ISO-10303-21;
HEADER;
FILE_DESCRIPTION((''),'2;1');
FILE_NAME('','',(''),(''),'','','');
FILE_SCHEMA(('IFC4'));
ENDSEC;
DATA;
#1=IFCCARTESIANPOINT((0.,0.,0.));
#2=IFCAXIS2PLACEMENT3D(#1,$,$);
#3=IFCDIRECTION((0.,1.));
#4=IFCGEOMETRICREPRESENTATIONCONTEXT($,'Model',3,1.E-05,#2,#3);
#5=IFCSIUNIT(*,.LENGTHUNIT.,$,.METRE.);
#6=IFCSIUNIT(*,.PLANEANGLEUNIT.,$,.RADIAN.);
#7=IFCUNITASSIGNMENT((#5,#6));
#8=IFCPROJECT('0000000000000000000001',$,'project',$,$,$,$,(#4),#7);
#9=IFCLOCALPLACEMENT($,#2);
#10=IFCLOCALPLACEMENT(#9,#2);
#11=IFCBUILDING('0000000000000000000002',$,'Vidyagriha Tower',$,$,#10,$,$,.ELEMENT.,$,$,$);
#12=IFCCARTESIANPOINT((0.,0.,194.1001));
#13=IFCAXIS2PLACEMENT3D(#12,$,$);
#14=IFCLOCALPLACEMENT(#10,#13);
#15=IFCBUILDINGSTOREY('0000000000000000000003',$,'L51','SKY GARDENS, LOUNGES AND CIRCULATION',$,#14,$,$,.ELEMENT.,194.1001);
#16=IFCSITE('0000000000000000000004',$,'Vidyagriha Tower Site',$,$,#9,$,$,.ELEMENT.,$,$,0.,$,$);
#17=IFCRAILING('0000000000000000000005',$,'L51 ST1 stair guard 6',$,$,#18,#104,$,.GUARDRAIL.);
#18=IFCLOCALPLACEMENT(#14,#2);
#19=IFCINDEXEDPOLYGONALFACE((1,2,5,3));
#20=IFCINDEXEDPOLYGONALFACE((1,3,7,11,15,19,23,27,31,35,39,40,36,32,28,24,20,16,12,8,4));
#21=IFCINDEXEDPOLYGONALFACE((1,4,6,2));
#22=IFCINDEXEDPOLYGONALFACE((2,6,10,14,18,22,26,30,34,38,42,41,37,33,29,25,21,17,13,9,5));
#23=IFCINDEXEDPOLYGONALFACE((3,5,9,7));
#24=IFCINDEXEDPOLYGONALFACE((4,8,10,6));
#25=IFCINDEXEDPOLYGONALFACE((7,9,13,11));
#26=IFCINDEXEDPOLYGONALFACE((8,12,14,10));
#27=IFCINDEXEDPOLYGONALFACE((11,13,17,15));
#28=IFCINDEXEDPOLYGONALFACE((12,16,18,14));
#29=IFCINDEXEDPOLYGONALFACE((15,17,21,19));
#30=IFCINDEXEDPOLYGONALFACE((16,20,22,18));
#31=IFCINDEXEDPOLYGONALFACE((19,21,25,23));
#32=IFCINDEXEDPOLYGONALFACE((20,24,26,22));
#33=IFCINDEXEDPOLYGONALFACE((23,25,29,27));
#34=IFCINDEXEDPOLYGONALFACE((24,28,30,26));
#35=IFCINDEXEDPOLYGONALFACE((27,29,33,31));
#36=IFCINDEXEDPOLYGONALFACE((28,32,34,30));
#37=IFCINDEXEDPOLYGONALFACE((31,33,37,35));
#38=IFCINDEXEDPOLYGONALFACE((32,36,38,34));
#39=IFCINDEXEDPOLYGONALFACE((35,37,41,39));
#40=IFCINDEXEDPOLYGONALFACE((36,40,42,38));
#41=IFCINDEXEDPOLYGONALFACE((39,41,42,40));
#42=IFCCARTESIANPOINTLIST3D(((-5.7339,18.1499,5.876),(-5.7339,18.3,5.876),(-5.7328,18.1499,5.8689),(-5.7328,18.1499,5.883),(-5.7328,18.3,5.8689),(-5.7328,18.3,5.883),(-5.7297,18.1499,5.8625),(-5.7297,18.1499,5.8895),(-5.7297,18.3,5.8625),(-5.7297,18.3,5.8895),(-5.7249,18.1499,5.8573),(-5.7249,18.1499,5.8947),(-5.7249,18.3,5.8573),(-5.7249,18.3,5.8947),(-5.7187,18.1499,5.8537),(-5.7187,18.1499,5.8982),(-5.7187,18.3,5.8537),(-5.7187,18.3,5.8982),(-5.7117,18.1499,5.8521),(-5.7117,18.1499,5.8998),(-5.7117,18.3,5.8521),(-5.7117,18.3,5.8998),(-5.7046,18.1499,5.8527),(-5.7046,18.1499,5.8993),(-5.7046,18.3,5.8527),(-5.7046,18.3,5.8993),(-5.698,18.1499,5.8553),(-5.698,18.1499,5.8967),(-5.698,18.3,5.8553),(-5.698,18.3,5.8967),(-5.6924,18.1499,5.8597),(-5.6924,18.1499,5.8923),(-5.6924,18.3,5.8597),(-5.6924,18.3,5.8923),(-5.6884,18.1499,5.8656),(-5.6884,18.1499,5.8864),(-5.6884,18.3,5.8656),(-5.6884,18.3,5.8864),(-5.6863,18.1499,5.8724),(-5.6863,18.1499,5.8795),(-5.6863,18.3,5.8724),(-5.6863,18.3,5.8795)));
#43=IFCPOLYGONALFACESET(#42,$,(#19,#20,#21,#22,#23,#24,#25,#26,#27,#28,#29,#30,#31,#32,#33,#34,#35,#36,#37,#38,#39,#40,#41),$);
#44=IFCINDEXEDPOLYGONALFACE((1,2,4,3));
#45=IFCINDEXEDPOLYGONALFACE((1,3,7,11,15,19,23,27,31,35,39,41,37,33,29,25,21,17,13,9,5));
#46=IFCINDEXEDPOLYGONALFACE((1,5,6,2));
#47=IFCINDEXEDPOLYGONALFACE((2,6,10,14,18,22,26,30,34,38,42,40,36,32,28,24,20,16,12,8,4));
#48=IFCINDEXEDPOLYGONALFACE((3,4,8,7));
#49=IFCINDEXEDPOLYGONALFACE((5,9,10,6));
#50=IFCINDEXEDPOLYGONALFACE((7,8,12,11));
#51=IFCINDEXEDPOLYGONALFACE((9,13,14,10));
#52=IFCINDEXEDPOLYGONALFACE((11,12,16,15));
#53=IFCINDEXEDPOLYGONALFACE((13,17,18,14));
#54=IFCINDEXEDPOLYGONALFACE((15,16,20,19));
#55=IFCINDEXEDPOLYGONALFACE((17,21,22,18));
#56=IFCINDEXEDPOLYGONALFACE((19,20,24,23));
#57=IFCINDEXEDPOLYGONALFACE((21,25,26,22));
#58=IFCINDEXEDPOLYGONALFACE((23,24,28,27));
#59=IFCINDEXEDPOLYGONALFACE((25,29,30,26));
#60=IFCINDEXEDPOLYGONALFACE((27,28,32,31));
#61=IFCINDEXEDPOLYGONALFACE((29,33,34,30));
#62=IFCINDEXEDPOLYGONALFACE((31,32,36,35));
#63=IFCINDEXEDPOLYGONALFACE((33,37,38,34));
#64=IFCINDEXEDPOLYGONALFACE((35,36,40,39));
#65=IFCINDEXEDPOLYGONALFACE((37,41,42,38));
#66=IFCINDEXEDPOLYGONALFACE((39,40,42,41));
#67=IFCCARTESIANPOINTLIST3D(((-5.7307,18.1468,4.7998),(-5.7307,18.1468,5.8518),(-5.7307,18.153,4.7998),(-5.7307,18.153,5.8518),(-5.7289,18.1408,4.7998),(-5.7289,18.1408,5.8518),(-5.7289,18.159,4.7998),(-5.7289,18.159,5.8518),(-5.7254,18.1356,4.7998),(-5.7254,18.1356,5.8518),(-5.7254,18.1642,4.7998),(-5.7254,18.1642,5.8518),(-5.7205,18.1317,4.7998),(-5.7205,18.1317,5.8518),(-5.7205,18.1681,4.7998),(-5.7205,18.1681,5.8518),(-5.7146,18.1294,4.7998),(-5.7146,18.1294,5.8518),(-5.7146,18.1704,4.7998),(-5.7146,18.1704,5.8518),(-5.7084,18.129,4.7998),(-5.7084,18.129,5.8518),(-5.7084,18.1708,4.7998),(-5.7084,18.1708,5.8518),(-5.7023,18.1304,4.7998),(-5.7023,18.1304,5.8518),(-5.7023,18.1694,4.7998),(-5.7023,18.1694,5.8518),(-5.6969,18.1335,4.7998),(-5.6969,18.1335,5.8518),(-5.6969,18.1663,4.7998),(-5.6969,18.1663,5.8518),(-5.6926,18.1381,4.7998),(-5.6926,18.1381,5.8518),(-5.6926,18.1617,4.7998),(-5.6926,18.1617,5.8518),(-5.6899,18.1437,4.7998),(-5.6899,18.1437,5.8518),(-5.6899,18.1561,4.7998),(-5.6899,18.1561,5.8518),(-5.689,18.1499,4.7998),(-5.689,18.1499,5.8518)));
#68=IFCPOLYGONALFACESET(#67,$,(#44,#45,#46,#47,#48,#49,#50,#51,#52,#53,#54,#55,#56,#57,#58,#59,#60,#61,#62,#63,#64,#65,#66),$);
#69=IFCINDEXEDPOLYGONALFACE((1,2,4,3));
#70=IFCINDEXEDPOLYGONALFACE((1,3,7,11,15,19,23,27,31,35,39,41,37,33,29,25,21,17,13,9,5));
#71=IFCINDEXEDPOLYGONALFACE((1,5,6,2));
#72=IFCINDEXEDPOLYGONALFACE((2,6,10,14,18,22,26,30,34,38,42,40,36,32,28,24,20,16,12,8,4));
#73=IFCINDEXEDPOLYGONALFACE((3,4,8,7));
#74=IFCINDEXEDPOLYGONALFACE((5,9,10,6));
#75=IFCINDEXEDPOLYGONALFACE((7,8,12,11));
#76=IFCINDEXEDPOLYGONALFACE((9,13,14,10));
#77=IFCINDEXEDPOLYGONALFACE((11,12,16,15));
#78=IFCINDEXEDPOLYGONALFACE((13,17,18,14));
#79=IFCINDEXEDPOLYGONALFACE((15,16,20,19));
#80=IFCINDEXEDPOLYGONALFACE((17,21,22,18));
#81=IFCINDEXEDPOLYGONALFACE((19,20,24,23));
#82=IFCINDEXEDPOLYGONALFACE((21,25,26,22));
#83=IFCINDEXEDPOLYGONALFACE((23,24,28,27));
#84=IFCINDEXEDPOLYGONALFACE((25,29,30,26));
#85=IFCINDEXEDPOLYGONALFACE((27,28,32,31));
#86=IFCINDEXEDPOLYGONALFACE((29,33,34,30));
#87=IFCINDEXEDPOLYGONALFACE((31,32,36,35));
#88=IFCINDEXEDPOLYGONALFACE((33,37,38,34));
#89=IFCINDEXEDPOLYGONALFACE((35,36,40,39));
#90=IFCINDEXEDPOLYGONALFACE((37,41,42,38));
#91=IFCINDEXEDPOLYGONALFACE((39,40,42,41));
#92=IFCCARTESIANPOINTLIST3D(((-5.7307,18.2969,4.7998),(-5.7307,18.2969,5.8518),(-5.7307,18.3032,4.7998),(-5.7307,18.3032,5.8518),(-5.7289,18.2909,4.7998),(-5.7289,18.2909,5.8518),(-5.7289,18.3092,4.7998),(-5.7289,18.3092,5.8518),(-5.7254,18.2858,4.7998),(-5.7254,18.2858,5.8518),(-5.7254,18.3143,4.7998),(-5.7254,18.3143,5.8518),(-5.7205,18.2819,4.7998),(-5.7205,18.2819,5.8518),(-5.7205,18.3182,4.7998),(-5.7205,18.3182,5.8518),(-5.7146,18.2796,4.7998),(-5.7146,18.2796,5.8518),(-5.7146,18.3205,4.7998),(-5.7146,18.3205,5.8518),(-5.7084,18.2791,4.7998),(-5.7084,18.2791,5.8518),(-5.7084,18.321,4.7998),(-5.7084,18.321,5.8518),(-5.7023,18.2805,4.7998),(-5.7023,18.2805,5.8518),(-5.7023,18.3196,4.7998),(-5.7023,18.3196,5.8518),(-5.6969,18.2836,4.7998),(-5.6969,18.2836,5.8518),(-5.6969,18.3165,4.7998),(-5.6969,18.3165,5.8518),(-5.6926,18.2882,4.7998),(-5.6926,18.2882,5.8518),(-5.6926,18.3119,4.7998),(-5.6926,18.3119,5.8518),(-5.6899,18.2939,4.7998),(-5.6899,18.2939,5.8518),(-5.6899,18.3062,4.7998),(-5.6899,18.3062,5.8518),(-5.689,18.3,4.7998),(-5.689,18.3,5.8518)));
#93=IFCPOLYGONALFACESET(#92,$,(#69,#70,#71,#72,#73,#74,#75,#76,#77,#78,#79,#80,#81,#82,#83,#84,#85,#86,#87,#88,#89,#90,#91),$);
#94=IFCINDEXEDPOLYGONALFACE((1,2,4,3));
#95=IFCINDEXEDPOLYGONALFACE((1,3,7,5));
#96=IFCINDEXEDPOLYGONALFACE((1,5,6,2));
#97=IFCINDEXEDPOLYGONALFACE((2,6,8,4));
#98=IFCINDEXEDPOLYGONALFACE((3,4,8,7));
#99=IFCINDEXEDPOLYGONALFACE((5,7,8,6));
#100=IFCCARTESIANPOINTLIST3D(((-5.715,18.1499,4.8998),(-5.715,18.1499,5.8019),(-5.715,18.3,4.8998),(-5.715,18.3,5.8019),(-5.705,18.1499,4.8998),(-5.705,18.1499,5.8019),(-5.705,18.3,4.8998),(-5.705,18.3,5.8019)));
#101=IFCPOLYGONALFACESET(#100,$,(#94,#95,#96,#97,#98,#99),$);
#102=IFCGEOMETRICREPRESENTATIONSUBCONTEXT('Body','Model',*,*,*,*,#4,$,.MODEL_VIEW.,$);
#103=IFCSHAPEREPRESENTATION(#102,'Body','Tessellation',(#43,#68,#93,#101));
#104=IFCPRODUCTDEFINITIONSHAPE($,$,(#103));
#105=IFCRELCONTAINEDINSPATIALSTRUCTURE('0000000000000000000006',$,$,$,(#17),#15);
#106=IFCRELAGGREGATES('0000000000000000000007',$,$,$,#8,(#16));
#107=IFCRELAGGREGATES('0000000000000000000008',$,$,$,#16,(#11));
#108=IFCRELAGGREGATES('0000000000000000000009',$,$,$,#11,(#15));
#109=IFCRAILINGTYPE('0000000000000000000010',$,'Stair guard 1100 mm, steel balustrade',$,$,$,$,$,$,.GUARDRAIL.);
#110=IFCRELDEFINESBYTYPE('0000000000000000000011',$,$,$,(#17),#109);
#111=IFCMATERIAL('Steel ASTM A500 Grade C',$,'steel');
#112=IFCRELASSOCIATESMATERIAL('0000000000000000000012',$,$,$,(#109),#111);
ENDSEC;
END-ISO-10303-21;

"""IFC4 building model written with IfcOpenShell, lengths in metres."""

from ifc_helpers import new_model, si_unit, direction, frame, origin, origin_2d, place, context, subcontext, project, spatial, rectangle, circle, extrude, material, type_object, element, save


model = new_model("IFC4")

# Units and contexts
model_context = context("Model", 3, precision=1e-05, world=origin(), true_north=direction((0.0, 1.0)))
body_context = subcontext(model_context, "Body", "Model", "MODEL_VIEW")
ifc_project = project(units=[si_unit("LENGTHUNIT", "METRE"), si_unit("PLANEANGLEUNIT", "RADIAN")], contexts=[model_context])

# Site, building, storey
site_placement = place(None, origin())
site = spatial("IfcSite", under=ifc_project, at=site_placement, Name="Vidyagriha Tower Site", CompositionType="ELEMENT", RefElevation=0.0)
building_placement = place(site_placement, origin())
building = spatial("IfcBuilding", under=site, at=building_placement, Name="Vidyagriha Tower", CompositionType="ELEMENT")
storey_placement = place(building_placement, frame((0.0, 0.0, 194.1001)))
storey = spatial("IfcBuildingStorey", under=building, at=storey_placement, Name="L51", Description="SKY GARDENS, LOUNGES AND CIRCULATION", CompositionType="ELEMENT", Elevation=194.1001)

# Railing
ifc_material_1 = material(Name="Steel ASTM A500 Grade C", Category="steel")
railing_type_1 = type_object("IfcRailingType", Name="Stair guard 1100 mm, steel balustrade", PredefinedType="GUARDRAIL", material=ifc_material_1)
railing_1_placement = place(storey_placement, frame((-5.71, 18.1499, 4.7998)))
element("IfcRailing", 1, at=railing_1_placement, inside=storey, type_object=railing_type_1, Name="L51 ST1 stair guard 6", PredefinedType="GUARDRAIL", context=body_context, shape_type="SweptSolid", body=[
    extrude(circle(Radius=0.0239, at=origin_2d()), frame((0.0, 0.0, 1.0762), z_axis=(0.0, 1.0, 0.0), x_axis=(-1.0, 0.0, 0.0)), (0.0, 0.0, 1.0), 0.1501),
    extrude(circle(Radius=0.021, at=origin_2d()), origin(), (0.0, 0.0, 1.0), 1.052),
    extrude(circle(Radius=0.021, at=origin_2d()), frame((0.0, 0.1501, 0.0)), (0.0, 0.0, 1.0), 1.052),
    extrude(rectangle(XDim=0.01, YDim=0.9021, at=origin_2d()), frame((0.0, 0.0, 0.551), z_axis=(0.0, 1.0, 0.0), x_axis=(-1.0, 0.0, 0.0)), (0.0, 0.0, 1.0), 0.1501),
])

save(model, "model.ifc")
